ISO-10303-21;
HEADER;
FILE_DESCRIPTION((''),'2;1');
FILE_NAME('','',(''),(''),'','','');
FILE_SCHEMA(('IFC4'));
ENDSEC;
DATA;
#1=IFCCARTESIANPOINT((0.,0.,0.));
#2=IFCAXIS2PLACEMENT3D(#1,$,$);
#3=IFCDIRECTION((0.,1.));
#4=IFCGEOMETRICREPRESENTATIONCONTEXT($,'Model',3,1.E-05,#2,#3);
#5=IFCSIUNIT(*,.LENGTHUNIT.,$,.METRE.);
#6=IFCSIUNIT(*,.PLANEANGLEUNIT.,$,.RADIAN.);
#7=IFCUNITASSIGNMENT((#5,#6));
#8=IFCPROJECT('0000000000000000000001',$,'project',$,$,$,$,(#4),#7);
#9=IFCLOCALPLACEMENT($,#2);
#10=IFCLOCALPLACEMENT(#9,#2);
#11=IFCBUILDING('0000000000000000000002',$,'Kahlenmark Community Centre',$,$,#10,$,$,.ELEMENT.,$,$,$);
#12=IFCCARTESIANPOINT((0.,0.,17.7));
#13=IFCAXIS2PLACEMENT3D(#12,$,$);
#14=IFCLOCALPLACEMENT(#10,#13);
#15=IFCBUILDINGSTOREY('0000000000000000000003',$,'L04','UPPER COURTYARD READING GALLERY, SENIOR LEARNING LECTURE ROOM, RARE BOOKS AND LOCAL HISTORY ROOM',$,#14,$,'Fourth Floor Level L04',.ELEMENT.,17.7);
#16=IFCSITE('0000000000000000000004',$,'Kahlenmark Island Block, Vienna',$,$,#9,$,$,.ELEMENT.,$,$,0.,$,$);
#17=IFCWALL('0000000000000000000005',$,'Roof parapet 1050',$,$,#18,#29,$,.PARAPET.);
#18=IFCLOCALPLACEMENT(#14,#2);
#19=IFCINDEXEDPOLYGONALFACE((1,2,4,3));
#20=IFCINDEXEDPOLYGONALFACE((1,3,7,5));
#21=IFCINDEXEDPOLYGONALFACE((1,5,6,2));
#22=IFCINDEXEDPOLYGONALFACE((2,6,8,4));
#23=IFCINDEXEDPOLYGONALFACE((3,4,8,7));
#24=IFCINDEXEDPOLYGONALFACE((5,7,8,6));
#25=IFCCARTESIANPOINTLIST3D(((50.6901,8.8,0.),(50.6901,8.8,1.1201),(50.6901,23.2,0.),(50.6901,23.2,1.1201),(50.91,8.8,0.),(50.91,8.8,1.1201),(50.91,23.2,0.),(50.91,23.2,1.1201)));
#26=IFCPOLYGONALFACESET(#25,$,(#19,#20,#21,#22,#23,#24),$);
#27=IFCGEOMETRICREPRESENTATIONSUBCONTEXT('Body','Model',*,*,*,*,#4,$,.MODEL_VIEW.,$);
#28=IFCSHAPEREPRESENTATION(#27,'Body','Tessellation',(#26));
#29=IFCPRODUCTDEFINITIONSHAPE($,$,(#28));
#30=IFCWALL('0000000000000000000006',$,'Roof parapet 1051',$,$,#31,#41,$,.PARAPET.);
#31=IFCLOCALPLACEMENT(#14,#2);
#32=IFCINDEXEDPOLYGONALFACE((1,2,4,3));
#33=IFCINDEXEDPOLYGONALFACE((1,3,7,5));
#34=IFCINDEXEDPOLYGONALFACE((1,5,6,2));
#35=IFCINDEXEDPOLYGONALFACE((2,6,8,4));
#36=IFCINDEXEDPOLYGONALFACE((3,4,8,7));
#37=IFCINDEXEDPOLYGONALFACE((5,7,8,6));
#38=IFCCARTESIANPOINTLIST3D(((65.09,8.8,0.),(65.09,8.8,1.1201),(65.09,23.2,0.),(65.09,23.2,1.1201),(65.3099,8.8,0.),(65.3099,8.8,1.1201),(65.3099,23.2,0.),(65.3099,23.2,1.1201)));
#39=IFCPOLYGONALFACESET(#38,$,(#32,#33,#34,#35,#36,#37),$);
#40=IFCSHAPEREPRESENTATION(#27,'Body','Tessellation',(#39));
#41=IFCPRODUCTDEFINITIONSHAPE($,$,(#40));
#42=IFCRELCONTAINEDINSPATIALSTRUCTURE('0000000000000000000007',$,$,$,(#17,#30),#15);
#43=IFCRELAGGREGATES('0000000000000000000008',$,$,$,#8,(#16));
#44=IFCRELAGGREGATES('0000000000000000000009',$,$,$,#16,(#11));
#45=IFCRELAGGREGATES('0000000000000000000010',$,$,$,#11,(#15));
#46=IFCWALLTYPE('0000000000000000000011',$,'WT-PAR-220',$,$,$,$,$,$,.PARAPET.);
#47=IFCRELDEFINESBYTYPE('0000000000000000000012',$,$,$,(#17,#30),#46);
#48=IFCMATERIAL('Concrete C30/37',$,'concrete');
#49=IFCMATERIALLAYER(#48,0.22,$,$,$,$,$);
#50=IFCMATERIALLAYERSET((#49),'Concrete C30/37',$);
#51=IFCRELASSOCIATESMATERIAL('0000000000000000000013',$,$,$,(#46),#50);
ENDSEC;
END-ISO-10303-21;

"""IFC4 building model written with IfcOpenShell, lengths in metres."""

from ifc_helpers import new_model, si_unit, direction, frame, frame_2d, origin, place, context, subcontext, project, spatial, rectangle, extrude, material, layer, layer_set, type_object, element, save


model = new_model("IFC4")

# Units and contexts
model_context = context("Model", 3, precision=1e-05, world=origin(), true_north=direction((0.0, 1.0)))
body_context = subcontext(model_context, "Body", "Model", "MODEL_VIEW")
ifc_project = project(units=[si_unit("LENGTHUNIT", "METRE"), si_unit("PLANEANGLEUNIT", "RADIAN")], contexts=[model_context])

# Site, building, storey
site_placement = place(None, origin())
site = spatial("IfcSite", under=ifc_project, at=site_placement, Name="Kahlenmark Island Block, Vienna", CompositionType="ELEMENT", RefElevation=0.0)
building_placement = place(site_placement, origin())
building = spatial("IfcBuilding", under=site, at=building_placement, Name="Kahlenmark Community Centre", CompositionType="ELEMENT")
storey_placement = place(building_placement, frame((0.0, 0.0, 17.7)))
storey = spatial("IfcBuildingStorey", under=building, at=storey_placement, Name="L04", Description="UPPER COURTYARD READING GALLERY, SENIOR LEARNING LECTURE ROOM, RARE BOOKS AND LOCAL HISTORY ROOM", LongName="Fourth Floor Level L04", CompositionType="ELEMENT", Elevation=17.7)

# Walls
ifc_material_1 = material(Name="Concrete C30/37", Category="concrete")
ifc_layer_1 = layer(ifc_material_1, 0.22)
ifc_layer_set_1 = layer_set([ifc_layer_1], Name="Concrete C30/37")
wall_type_1 = type_object("IfcWallType", Name="WT-PAR-220", PredefinedType="PARAPET", material=ifc_layer_set_1)
for number, where, z_axis, x_axis, name in (
    (1, (50.8, 8.8, 0.0), (0.0, 0.0, 1.0), (0.0, 1.0, 0.0), "Roof parapet 1050"),
    (2, (65.2, 8.8, 0.0), (0.0, 0.0, 1.0), (0.0, 1.0, 0.0), "Roof parapet 1051"),
):
    element("IfcWall", number, at=place(storey_placement, frame(where, z_axis=z_axis, x_axis=x_axis)), inside=storey, type_object=wall_type_1, Name=name, PredefinedType="PARAPET", context=body_context, shape_type="SweptSolid", body=[
        extrude(rectangle(XDim=14.3999, YDim=0.22, at=frame_2d((7.2, 0.0))), origin(), (0.0, 0.0, 1.0), 1.1201),
    ])

save(model, "model.ifc")
